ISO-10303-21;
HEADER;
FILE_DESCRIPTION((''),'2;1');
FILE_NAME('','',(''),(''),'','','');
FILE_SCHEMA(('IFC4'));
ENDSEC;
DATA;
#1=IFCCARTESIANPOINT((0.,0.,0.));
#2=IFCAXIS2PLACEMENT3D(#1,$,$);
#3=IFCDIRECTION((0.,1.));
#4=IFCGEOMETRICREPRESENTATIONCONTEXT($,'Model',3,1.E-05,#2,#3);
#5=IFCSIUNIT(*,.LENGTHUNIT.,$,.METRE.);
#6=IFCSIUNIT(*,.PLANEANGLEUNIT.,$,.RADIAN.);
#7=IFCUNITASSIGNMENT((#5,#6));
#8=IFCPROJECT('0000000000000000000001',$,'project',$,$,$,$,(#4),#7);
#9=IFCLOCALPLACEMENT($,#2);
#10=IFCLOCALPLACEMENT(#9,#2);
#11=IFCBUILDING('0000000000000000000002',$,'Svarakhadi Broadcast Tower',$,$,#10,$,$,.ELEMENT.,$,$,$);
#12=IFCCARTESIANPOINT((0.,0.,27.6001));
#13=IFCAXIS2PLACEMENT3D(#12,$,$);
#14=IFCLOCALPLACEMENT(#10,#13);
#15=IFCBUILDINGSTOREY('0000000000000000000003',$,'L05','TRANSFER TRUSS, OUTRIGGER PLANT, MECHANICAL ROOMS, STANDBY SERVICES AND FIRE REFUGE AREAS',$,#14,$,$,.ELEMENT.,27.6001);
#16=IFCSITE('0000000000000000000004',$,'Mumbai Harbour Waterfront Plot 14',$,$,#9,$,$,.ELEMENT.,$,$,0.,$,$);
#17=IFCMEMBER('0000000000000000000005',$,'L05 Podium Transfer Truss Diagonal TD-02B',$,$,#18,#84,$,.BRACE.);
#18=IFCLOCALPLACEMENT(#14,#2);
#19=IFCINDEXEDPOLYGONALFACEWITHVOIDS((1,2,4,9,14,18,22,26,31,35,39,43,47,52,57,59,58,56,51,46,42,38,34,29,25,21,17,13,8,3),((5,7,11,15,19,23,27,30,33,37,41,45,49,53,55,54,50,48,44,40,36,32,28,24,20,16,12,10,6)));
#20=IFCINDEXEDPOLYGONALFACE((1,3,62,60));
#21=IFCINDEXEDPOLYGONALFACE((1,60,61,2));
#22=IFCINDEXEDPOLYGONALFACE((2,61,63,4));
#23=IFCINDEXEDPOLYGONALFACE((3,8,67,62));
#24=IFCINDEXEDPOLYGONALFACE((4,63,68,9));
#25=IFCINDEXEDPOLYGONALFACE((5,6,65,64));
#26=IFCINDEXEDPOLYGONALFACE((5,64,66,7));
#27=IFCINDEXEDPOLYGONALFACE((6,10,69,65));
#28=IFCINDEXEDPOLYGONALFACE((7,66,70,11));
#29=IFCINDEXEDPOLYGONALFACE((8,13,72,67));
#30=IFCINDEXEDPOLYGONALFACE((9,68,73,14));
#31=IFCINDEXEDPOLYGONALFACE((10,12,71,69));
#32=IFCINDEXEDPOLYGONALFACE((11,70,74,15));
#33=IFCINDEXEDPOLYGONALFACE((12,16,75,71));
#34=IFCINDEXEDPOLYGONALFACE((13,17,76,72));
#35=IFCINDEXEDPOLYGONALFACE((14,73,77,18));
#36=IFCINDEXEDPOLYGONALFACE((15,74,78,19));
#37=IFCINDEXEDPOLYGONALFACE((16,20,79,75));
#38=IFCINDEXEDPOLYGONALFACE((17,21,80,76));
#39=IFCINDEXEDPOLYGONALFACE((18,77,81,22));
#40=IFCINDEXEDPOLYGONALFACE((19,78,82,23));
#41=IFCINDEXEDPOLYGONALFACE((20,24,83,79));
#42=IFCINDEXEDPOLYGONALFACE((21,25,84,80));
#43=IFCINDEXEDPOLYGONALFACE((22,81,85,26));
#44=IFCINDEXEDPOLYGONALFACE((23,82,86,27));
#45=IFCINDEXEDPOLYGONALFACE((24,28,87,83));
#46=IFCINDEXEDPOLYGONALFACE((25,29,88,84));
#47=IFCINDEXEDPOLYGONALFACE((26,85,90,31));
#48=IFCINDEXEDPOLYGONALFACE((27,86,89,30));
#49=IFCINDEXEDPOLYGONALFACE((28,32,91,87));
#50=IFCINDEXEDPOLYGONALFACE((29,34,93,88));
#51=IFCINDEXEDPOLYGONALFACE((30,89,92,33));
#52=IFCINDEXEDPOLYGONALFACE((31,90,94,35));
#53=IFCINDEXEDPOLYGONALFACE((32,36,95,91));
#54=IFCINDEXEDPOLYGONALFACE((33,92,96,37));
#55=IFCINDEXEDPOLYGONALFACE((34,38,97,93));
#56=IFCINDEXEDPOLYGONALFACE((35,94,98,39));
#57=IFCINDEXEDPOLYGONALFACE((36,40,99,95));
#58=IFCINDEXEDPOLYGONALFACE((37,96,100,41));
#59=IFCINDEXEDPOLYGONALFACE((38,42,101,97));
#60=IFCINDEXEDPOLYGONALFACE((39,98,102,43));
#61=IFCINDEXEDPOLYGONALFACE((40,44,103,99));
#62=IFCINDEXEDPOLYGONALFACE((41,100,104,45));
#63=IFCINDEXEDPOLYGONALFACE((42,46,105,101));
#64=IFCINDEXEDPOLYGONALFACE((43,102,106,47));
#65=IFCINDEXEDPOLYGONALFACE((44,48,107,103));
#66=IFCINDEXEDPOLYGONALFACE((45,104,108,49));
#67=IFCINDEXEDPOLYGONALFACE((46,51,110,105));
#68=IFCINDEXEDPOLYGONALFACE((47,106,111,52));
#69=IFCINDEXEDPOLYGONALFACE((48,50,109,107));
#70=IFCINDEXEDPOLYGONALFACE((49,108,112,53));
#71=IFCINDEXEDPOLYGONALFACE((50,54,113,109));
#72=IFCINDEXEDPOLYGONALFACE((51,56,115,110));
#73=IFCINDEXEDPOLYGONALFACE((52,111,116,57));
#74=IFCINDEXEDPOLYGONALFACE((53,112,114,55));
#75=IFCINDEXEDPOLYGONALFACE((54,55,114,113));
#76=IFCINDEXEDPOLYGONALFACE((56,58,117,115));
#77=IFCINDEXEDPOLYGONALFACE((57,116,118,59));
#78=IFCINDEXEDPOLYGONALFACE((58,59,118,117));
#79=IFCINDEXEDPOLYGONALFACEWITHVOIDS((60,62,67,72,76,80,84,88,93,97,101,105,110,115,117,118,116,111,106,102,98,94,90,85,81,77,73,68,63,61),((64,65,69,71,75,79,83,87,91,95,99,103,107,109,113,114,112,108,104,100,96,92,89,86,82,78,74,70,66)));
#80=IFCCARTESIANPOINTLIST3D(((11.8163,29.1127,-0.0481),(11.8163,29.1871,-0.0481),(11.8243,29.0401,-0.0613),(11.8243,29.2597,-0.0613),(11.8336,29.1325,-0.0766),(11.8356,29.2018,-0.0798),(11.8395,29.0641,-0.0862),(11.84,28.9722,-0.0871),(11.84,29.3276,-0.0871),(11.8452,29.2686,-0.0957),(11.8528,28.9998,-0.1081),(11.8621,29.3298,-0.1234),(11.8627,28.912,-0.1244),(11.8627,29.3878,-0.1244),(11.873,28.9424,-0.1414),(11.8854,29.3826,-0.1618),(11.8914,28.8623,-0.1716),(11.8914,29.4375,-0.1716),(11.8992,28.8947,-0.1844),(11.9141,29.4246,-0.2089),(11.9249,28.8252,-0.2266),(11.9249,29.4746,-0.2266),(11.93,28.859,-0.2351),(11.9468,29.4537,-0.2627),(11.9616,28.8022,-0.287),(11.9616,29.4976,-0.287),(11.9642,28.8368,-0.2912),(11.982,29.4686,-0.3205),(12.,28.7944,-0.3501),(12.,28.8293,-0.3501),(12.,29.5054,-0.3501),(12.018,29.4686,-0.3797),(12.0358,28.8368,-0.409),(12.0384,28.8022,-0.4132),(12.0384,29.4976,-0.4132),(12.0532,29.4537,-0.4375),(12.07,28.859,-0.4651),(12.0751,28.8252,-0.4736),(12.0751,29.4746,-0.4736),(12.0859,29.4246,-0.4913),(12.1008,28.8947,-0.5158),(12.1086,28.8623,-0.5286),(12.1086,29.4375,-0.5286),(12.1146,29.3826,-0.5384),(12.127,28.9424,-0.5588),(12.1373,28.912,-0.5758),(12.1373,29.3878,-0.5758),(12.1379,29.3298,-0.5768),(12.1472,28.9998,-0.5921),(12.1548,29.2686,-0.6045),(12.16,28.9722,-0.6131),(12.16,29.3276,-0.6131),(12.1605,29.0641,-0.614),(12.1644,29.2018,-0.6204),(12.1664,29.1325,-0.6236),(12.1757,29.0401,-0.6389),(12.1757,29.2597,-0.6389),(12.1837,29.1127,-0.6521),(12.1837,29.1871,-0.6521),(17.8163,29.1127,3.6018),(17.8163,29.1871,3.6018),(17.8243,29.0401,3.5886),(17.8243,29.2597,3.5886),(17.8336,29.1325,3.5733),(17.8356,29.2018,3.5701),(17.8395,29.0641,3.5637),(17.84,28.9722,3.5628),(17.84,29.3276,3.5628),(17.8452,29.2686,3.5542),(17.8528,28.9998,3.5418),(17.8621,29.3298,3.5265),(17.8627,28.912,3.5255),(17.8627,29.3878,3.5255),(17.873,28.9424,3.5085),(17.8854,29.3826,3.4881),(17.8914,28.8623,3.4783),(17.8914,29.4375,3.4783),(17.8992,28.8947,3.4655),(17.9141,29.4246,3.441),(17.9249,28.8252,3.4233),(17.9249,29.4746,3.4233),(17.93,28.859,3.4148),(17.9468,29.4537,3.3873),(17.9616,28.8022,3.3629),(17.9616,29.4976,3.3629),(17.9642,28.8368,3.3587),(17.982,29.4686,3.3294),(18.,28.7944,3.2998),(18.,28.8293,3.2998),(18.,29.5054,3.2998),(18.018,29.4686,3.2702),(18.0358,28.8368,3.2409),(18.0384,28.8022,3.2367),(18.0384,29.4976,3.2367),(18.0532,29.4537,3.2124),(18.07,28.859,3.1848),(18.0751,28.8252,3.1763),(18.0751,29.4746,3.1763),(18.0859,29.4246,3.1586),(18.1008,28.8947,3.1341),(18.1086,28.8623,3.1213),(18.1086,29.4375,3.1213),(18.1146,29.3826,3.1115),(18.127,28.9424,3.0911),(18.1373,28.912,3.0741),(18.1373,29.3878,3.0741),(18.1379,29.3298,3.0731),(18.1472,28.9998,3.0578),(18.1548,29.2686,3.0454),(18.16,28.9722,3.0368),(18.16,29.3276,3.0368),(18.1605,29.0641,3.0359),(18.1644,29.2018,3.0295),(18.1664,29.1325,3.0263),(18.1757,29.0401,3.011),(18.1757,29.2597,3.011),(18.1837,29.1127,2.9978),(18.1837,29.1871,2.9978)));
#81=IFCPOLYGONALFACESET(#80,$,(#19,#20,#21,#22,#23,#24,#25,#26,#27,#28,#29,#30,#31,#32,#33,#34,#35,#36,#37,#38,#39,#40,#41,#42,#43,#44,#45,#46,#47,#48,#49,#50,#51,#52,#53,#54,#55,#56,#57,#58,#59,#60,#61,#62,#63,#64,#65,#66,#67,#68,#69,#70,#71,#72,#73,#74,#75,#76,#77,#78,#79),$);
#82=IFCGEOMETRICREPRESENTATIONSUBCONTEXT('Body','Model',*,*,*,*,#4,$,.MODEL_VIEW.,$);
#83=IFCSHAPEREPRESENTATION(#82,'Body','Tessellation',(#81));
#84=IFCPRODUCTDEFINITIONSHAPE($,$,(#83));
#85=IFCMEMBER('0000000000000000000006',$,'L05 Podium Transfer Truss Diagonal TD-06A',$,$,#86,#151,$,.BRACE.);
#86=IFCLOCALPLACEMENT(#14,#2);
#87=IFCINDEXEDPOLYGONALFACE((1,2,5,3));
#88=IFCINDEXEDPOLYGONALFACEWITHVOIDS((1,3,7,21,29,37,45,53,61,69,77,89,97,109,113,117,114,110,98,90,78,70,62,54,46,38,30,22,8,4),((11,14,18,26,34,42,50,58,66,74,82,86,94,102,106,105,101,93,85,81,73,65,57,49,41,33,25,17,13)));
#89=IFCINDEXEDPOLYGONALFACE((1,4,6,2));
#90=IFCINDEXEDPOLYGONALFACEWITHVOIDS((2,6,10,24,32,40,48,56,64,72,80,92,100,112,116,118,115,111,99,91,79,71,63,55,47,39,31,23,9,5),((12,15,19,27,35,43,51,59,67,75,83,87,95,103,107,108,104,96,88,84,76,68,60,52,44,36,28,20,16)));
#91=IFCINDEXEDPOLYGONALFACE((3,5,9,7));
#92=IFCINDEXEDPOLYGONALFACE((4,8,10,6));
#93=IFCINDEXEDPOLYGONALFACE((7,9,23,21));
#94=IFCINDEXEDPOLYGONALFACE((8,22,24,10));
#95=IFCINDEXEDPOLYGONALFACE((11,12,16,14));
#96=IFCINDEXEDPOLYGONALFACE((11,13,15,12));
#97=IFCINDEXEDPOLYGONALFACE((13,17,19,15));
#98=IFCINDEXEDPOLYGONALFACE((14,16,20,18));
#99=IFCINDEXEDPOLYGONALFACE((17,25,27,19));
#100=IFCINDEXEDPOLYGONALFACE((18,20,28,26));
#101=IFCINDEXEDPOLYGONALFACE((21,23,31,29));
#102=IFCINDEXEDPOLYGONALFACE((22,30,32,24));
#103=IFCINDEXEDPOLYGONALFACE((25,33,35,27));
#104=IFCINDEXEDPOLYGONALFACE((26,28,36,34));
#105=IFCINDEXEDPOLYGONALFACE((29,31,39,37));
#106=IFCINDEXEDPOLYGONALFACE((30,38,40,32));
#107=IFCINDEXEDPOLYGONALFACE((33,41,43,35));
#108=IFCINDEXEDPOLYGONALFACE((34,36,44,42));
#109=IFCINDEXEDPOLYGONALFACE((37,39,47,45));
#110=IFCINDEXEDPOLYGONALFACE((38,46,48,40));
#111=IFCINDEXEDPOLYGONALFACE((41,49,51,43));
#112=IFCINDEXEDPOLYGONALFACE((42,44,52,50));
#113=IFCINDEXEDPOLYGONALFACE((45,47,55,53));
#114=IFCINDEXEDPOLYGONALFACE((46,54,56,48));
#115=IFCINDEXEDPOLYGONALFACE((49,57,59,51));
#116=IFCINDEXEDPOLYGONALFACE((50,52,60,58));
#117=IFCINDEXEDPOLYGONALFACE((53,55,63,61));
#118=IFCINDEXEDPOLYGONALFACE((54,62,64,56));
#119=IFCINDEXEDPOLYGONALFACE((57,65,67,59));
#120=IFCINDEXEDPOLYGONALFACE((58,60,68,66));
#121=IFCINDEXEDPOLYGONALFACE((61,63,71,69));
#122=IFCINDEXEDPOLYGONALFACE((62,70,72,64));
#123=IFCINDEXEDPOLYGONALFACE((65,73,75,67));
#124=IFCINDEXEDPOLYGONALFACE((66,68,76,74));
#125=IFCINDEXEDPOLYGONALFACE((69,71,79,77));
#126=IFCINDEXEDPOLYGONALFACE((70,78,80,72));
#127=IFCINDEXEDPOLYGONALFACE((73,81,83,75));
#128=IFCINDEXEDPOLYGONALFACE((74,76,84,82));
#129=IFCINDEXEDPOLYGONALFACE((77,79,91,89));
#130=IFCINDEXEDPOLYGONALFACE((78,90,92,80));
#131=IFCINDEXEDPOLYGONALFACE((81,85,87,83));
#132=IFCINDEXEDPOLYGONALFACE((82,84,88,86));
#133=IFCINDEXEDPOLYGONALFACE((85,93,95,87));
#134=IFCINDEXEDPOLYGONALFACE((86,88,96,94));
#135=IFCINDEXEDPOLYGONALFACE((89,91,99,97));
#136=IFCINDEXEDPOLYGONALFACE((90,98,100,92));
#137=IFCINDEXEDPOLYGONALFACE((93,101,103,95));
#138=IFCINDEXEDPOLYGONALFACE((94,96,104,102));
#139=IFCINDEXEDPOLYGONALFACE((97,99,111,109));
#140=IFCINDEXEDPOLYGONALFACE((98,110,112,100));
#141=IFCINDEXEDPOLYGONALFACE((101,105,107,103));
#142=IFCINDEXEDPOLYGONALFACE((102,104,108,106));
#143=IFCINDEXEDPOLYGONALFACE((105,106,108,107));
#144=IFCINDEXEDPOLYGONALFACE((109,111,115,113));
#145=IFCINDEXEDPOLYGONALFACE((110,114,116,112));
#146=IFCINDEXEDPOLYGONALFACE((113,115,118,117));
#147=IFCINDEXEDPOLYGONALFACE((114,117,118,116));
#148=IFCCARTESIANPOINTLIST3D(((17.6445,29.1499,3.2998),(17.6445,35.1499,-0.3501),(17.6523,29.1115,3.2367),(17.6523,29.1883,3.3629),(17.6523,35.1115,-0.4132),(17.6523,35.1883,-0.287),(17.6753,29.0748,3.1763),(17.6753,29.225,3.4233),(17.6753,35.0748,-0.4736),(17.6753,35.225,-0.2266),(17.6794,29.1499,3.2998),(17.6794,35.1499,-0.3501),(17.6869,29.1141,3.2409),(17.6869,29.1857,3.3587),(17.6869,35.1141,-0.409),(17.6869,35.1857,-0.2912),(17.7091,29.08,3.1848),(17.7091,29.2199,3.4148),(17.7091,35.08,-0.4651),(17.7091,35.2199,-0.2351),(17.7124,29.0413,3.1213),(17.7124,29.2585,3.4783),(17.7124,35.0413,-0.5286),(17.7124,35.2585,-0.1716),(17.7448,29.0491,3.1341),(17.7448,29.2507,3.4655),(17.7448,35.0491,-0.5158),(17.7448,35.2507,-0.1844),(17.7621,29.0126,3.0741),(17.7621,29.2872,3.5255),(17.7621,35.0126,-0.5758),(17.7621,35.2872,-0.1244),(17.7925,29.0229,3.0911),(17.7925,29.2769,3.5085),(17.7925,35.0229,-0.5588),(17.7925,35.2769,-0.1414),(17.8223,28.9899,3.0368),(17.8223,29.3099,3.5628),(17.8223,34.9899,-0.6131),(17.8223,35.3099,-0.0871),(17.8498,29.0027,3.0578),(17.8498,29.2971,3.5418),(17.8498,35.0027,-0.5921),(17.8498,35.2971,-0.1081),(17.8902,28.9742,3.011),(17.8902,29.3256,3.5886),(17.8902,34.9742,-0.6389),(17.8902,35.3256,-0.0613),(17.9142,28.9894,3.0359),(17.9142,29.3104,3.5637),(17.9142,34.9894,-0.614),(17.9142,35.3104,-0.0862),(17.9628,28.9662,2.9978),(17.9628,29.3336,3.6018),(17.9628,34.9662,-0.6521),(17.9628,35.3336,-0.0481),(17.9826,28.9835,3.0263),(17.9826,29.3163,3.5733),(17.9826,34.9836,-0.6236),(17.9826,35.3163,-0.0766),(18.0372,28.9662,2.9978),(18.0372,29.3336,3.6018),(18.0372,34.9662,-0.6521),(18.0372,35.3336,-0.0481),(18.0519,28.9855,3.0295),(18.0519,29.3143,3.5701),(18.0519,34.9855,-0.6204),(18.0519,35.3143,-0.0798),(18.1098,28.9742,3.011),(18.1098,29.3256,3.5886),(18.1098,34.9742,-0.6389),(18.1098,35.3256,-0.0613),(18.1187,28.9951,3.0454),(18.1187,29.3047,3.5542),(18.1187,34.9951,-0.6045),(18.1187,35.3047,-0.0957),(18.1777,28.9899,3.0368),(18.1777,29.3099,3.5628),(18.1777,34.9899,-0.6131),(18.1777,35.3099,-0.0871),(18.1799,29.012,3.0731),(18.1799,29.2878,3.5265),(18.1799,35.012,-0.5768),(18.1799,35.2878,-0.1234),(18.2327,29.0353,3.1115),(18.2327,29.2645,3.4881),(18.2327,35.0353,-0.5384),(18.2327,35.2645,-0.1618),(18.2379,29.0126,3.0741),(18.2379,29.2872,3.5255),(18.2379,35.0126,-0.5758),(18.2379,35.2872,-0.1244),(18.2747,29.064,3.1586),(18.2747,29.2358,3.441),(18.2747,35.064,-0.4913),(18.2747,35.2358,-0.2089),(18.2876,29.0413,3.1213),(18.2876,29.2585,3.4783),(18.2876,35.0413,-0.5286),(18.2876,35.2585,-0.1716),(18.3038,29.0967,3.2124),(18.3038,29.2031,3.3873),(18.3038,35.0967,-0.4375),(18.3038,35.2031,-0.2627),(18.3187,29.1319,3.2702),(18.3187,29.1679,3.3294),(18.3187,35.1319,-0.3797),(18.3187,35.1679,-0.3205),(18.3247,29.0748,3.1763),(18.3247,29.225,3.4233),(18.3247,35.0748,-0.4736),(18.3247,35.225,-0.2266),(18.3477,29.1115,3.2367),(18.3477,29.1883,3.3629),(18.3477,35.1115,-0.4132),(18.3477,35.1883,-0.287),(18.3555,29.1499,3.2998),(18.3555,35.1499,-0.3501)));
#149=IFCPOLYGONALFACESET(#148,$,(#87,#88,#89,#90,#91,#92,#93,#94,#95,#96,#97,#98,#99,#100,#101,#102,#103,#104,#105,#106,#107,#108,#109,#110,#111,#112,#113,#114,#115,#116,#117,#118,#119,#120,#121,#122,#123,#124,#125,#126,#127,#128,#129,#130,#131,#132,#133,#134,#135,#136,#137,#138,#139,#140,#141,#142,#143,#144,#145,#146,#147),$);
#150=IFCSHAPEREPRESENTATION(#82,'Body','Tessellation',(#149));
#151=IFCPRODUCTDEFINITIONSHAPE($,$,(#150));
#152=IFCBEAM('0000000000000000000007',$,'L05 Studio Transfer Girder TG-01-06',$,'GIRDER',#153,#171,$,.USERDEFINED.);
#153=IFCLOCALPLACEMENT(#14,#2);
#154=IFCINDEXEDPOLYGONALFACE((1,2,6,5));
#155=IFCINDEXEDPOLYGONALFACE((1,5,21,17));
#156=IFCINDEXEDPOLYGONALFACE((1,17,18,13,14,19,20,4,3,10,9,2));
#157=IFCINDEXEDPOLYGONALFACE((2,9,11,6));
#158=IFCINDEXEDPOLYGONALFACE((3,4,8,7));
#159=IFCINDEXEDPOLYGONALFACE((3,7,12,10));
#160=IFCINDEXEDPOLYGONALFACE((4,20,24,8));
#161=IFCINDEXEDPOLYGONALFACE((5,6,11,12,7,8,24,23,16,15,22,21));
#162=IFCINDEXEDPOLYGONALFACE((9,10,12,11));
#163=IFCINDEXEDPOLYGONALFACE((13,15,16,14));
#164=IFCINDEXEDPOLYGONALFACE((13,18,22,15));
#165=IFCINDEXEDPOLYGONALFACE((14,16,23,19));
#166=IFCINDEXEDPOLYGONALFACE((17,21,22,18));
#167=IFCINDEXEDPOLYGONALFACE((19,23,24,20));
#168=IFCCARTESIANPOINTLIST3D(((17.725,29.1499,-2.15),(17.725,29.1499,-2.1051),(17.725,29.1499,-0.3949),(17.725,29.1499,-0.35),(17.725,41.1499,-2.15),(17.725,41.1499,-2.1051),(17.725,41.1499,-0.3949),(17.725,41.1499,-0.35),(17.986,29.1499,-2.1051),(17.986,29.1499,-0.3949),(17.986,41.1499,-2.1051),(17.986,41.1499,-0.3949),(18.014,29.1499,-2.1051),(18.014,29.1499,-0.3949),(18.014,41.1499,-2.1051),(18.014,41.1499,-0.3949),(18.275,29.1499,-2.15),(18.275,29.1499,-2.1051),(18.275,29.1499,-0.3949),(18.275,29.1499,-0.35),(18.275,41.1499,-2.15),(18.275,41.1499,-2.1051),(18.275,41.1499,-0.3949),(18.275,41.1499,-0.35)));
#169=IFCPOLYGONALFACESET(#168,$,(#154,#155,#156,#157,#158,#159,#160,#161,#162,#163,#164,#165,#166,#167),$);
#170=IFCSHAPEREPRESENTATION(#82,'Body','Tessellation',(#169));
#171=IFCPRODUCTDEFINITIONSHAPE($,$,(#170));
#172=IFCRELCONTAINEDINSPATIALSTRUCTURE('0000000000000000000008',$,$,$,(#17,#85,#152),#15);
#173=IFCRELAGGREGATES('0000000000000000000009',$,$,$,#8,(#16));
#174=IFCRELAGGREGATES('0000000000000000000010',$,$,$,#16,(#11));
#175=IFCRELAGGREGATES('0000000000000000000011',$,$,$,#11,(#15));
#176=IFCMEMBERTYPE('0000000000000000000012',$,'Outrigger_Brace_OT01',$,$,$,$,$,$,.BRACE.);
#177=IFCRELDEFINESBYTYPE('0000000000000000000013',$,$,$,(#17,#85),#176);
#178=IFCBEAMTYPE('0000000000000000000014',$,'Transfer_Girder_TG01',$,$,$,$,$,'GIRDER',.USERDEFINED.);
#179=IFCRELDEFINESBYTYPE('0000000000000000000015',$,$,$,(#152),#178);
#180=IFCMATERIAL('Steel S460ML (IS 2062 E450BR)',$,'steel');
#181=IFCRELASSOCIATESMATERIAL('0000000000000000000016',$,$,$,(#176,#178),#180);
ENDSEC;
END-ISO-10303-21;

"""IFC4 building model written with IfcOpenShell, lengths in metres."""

from ifc_helpers import new_model, si_unit, direction, frame, origin, origin_2d, place, context, subcontext, project, spatial, hollow_circle, i_section, extrude, material, material_profile, profile_set, type_object, element, save


model = new_model("IFC4")

# Units and contexts
model_context = context("Model", 3, precision=1e-05, world=origin(), true_north=direction((0.0, 1.0)))
body_context = subcontext(model_context, "Body", "Model", "MODEL_VIEW")
ifc_project = project(units=[si_unit("LENGTHUNIT", "METRE"), si_unit("PLANEANGLEUNIT", "RADIAN")], contexts=[model_context])

# Site, building, storey
site_placement = place(None, origin())
site = spatial("IfcSite", under=ifc_project, at=site_placement, Name="Mumbai Harbour Waterfront Plot 14", CompositionType="ELEMENT", RefElevation=0.0)
building_placement = place(site_placement, origin())
building = spatial("IfcBuilding", under=site, at=building_placement, Name="Svarakhadi Broadcast Tower", CompositionType="ELEMENT")
storey_placement = place(building_placement, frame((0.0, 0.0, 27.6001)))
storey = spatial("IfcBuildingStorey", under=building, at=storey_placement, Name="L05", Description="TRANSFER TRUSS, OUTRIGGER PLANT, MECHANICAL ROOMS, STANDBY SERVICES AND FIRE REFUGE AREAS", CompositionType="ELEMENT", Elevation=27.6001)

# Shared definitions
ifc_material_1 = material(Name="Steel S460ML (IS 2062 E450BR)", Category="steel")

# Members
ifc_material_profile_1 = material_profile(ifc_material_1, hollow_circle(Radius=0.3555, WallThickness=0.0349, at=origin_2d()), Name="CHS 711x35")
ifc_profile_set_1 = profile_set([ifc_material_profile_1], Name="Steel S460ML (IS 2062 E450BR)")
member_type_1 = type_object("IfcMemberType", Name="Outrigger_Brace_OT01", PredefinedType="BRACE", material=ifc_profile_set_1)
for number, where, z_axis, x_axis, name in (
    (1, (18.0, 29.1499, 3.2998), (-0.854342, 0.0, -0.519711), (0.0, -1.0, 0.0), "L05 Podium Transfer Truss Diagonal TD-02B"),
    (2, (18.0, 29.1499, 3.2998), (0.0, 0.854342, -0.519711), (-1.0, 0.0, 0.0), "L05 Podium Transfer Truss Diagonal TD-06A"),
):
    element("IfcMember", number, at=place(storey_placement, frame(where, z_axis=z_axis, x_axis=x_axis)), inside=storey, type_object=member_type_1, Name=name, PredefinedType="BRACE", context=body_context, shape_type="SweptSolid", body=[
        extrude(hollow_circle(Radius=0.3555, WallThickness=0.0349, at=origin_2d()), origin(), (0.0, 0.0, 1.0), 7.0229),
    ])

# Beam
ifc_material_profile_2 = material_profile(ifc_material_1, i_section(OverallWidth=0.55, OverallDepth=1.8, WebThickness=0.0281, FlangeThickness=0.0449, at=origin_2d()), Name="PG 1800x550x45")
ifc_profile_set_2 = profile_set([ifc_material_profile_2], Name="Steel S460ML (IS 2062 E450BR)")
beam_type_1 = type_object("IfcBeamType", Name="Transfer_Girder_TG01", ElementType="GIRDER", PredefinedType="USERDEFINED", material=ifc_profile_set_2)
beam_1_placement = place(storey_placement, frame((18.0, 29.1499, -1.25), z_axis=(0.0, 1.0, 0.0), x_axis=(-1.0, 0.0, 0.0)))
element("IfcBeam", 3, at=beam_1_placement, inside=storey, type_object=beam_type_1, Name="L05 Studio Transfer Girder TG-01-06", ObjectType="GIRDER", PredefinedType="USERDEFINED", context=body_context, shape_type="SweptSolid", body=[
    extrude(i_section(OverallWidth=0.55, OverallDepth=1.8, WebThickness=0.0281, FlangeThickness=0.0449, at=origin_2d()), origin(), (0.0, 0.0, 1.0), 12.0),
])

save(model, "model.ifc")
